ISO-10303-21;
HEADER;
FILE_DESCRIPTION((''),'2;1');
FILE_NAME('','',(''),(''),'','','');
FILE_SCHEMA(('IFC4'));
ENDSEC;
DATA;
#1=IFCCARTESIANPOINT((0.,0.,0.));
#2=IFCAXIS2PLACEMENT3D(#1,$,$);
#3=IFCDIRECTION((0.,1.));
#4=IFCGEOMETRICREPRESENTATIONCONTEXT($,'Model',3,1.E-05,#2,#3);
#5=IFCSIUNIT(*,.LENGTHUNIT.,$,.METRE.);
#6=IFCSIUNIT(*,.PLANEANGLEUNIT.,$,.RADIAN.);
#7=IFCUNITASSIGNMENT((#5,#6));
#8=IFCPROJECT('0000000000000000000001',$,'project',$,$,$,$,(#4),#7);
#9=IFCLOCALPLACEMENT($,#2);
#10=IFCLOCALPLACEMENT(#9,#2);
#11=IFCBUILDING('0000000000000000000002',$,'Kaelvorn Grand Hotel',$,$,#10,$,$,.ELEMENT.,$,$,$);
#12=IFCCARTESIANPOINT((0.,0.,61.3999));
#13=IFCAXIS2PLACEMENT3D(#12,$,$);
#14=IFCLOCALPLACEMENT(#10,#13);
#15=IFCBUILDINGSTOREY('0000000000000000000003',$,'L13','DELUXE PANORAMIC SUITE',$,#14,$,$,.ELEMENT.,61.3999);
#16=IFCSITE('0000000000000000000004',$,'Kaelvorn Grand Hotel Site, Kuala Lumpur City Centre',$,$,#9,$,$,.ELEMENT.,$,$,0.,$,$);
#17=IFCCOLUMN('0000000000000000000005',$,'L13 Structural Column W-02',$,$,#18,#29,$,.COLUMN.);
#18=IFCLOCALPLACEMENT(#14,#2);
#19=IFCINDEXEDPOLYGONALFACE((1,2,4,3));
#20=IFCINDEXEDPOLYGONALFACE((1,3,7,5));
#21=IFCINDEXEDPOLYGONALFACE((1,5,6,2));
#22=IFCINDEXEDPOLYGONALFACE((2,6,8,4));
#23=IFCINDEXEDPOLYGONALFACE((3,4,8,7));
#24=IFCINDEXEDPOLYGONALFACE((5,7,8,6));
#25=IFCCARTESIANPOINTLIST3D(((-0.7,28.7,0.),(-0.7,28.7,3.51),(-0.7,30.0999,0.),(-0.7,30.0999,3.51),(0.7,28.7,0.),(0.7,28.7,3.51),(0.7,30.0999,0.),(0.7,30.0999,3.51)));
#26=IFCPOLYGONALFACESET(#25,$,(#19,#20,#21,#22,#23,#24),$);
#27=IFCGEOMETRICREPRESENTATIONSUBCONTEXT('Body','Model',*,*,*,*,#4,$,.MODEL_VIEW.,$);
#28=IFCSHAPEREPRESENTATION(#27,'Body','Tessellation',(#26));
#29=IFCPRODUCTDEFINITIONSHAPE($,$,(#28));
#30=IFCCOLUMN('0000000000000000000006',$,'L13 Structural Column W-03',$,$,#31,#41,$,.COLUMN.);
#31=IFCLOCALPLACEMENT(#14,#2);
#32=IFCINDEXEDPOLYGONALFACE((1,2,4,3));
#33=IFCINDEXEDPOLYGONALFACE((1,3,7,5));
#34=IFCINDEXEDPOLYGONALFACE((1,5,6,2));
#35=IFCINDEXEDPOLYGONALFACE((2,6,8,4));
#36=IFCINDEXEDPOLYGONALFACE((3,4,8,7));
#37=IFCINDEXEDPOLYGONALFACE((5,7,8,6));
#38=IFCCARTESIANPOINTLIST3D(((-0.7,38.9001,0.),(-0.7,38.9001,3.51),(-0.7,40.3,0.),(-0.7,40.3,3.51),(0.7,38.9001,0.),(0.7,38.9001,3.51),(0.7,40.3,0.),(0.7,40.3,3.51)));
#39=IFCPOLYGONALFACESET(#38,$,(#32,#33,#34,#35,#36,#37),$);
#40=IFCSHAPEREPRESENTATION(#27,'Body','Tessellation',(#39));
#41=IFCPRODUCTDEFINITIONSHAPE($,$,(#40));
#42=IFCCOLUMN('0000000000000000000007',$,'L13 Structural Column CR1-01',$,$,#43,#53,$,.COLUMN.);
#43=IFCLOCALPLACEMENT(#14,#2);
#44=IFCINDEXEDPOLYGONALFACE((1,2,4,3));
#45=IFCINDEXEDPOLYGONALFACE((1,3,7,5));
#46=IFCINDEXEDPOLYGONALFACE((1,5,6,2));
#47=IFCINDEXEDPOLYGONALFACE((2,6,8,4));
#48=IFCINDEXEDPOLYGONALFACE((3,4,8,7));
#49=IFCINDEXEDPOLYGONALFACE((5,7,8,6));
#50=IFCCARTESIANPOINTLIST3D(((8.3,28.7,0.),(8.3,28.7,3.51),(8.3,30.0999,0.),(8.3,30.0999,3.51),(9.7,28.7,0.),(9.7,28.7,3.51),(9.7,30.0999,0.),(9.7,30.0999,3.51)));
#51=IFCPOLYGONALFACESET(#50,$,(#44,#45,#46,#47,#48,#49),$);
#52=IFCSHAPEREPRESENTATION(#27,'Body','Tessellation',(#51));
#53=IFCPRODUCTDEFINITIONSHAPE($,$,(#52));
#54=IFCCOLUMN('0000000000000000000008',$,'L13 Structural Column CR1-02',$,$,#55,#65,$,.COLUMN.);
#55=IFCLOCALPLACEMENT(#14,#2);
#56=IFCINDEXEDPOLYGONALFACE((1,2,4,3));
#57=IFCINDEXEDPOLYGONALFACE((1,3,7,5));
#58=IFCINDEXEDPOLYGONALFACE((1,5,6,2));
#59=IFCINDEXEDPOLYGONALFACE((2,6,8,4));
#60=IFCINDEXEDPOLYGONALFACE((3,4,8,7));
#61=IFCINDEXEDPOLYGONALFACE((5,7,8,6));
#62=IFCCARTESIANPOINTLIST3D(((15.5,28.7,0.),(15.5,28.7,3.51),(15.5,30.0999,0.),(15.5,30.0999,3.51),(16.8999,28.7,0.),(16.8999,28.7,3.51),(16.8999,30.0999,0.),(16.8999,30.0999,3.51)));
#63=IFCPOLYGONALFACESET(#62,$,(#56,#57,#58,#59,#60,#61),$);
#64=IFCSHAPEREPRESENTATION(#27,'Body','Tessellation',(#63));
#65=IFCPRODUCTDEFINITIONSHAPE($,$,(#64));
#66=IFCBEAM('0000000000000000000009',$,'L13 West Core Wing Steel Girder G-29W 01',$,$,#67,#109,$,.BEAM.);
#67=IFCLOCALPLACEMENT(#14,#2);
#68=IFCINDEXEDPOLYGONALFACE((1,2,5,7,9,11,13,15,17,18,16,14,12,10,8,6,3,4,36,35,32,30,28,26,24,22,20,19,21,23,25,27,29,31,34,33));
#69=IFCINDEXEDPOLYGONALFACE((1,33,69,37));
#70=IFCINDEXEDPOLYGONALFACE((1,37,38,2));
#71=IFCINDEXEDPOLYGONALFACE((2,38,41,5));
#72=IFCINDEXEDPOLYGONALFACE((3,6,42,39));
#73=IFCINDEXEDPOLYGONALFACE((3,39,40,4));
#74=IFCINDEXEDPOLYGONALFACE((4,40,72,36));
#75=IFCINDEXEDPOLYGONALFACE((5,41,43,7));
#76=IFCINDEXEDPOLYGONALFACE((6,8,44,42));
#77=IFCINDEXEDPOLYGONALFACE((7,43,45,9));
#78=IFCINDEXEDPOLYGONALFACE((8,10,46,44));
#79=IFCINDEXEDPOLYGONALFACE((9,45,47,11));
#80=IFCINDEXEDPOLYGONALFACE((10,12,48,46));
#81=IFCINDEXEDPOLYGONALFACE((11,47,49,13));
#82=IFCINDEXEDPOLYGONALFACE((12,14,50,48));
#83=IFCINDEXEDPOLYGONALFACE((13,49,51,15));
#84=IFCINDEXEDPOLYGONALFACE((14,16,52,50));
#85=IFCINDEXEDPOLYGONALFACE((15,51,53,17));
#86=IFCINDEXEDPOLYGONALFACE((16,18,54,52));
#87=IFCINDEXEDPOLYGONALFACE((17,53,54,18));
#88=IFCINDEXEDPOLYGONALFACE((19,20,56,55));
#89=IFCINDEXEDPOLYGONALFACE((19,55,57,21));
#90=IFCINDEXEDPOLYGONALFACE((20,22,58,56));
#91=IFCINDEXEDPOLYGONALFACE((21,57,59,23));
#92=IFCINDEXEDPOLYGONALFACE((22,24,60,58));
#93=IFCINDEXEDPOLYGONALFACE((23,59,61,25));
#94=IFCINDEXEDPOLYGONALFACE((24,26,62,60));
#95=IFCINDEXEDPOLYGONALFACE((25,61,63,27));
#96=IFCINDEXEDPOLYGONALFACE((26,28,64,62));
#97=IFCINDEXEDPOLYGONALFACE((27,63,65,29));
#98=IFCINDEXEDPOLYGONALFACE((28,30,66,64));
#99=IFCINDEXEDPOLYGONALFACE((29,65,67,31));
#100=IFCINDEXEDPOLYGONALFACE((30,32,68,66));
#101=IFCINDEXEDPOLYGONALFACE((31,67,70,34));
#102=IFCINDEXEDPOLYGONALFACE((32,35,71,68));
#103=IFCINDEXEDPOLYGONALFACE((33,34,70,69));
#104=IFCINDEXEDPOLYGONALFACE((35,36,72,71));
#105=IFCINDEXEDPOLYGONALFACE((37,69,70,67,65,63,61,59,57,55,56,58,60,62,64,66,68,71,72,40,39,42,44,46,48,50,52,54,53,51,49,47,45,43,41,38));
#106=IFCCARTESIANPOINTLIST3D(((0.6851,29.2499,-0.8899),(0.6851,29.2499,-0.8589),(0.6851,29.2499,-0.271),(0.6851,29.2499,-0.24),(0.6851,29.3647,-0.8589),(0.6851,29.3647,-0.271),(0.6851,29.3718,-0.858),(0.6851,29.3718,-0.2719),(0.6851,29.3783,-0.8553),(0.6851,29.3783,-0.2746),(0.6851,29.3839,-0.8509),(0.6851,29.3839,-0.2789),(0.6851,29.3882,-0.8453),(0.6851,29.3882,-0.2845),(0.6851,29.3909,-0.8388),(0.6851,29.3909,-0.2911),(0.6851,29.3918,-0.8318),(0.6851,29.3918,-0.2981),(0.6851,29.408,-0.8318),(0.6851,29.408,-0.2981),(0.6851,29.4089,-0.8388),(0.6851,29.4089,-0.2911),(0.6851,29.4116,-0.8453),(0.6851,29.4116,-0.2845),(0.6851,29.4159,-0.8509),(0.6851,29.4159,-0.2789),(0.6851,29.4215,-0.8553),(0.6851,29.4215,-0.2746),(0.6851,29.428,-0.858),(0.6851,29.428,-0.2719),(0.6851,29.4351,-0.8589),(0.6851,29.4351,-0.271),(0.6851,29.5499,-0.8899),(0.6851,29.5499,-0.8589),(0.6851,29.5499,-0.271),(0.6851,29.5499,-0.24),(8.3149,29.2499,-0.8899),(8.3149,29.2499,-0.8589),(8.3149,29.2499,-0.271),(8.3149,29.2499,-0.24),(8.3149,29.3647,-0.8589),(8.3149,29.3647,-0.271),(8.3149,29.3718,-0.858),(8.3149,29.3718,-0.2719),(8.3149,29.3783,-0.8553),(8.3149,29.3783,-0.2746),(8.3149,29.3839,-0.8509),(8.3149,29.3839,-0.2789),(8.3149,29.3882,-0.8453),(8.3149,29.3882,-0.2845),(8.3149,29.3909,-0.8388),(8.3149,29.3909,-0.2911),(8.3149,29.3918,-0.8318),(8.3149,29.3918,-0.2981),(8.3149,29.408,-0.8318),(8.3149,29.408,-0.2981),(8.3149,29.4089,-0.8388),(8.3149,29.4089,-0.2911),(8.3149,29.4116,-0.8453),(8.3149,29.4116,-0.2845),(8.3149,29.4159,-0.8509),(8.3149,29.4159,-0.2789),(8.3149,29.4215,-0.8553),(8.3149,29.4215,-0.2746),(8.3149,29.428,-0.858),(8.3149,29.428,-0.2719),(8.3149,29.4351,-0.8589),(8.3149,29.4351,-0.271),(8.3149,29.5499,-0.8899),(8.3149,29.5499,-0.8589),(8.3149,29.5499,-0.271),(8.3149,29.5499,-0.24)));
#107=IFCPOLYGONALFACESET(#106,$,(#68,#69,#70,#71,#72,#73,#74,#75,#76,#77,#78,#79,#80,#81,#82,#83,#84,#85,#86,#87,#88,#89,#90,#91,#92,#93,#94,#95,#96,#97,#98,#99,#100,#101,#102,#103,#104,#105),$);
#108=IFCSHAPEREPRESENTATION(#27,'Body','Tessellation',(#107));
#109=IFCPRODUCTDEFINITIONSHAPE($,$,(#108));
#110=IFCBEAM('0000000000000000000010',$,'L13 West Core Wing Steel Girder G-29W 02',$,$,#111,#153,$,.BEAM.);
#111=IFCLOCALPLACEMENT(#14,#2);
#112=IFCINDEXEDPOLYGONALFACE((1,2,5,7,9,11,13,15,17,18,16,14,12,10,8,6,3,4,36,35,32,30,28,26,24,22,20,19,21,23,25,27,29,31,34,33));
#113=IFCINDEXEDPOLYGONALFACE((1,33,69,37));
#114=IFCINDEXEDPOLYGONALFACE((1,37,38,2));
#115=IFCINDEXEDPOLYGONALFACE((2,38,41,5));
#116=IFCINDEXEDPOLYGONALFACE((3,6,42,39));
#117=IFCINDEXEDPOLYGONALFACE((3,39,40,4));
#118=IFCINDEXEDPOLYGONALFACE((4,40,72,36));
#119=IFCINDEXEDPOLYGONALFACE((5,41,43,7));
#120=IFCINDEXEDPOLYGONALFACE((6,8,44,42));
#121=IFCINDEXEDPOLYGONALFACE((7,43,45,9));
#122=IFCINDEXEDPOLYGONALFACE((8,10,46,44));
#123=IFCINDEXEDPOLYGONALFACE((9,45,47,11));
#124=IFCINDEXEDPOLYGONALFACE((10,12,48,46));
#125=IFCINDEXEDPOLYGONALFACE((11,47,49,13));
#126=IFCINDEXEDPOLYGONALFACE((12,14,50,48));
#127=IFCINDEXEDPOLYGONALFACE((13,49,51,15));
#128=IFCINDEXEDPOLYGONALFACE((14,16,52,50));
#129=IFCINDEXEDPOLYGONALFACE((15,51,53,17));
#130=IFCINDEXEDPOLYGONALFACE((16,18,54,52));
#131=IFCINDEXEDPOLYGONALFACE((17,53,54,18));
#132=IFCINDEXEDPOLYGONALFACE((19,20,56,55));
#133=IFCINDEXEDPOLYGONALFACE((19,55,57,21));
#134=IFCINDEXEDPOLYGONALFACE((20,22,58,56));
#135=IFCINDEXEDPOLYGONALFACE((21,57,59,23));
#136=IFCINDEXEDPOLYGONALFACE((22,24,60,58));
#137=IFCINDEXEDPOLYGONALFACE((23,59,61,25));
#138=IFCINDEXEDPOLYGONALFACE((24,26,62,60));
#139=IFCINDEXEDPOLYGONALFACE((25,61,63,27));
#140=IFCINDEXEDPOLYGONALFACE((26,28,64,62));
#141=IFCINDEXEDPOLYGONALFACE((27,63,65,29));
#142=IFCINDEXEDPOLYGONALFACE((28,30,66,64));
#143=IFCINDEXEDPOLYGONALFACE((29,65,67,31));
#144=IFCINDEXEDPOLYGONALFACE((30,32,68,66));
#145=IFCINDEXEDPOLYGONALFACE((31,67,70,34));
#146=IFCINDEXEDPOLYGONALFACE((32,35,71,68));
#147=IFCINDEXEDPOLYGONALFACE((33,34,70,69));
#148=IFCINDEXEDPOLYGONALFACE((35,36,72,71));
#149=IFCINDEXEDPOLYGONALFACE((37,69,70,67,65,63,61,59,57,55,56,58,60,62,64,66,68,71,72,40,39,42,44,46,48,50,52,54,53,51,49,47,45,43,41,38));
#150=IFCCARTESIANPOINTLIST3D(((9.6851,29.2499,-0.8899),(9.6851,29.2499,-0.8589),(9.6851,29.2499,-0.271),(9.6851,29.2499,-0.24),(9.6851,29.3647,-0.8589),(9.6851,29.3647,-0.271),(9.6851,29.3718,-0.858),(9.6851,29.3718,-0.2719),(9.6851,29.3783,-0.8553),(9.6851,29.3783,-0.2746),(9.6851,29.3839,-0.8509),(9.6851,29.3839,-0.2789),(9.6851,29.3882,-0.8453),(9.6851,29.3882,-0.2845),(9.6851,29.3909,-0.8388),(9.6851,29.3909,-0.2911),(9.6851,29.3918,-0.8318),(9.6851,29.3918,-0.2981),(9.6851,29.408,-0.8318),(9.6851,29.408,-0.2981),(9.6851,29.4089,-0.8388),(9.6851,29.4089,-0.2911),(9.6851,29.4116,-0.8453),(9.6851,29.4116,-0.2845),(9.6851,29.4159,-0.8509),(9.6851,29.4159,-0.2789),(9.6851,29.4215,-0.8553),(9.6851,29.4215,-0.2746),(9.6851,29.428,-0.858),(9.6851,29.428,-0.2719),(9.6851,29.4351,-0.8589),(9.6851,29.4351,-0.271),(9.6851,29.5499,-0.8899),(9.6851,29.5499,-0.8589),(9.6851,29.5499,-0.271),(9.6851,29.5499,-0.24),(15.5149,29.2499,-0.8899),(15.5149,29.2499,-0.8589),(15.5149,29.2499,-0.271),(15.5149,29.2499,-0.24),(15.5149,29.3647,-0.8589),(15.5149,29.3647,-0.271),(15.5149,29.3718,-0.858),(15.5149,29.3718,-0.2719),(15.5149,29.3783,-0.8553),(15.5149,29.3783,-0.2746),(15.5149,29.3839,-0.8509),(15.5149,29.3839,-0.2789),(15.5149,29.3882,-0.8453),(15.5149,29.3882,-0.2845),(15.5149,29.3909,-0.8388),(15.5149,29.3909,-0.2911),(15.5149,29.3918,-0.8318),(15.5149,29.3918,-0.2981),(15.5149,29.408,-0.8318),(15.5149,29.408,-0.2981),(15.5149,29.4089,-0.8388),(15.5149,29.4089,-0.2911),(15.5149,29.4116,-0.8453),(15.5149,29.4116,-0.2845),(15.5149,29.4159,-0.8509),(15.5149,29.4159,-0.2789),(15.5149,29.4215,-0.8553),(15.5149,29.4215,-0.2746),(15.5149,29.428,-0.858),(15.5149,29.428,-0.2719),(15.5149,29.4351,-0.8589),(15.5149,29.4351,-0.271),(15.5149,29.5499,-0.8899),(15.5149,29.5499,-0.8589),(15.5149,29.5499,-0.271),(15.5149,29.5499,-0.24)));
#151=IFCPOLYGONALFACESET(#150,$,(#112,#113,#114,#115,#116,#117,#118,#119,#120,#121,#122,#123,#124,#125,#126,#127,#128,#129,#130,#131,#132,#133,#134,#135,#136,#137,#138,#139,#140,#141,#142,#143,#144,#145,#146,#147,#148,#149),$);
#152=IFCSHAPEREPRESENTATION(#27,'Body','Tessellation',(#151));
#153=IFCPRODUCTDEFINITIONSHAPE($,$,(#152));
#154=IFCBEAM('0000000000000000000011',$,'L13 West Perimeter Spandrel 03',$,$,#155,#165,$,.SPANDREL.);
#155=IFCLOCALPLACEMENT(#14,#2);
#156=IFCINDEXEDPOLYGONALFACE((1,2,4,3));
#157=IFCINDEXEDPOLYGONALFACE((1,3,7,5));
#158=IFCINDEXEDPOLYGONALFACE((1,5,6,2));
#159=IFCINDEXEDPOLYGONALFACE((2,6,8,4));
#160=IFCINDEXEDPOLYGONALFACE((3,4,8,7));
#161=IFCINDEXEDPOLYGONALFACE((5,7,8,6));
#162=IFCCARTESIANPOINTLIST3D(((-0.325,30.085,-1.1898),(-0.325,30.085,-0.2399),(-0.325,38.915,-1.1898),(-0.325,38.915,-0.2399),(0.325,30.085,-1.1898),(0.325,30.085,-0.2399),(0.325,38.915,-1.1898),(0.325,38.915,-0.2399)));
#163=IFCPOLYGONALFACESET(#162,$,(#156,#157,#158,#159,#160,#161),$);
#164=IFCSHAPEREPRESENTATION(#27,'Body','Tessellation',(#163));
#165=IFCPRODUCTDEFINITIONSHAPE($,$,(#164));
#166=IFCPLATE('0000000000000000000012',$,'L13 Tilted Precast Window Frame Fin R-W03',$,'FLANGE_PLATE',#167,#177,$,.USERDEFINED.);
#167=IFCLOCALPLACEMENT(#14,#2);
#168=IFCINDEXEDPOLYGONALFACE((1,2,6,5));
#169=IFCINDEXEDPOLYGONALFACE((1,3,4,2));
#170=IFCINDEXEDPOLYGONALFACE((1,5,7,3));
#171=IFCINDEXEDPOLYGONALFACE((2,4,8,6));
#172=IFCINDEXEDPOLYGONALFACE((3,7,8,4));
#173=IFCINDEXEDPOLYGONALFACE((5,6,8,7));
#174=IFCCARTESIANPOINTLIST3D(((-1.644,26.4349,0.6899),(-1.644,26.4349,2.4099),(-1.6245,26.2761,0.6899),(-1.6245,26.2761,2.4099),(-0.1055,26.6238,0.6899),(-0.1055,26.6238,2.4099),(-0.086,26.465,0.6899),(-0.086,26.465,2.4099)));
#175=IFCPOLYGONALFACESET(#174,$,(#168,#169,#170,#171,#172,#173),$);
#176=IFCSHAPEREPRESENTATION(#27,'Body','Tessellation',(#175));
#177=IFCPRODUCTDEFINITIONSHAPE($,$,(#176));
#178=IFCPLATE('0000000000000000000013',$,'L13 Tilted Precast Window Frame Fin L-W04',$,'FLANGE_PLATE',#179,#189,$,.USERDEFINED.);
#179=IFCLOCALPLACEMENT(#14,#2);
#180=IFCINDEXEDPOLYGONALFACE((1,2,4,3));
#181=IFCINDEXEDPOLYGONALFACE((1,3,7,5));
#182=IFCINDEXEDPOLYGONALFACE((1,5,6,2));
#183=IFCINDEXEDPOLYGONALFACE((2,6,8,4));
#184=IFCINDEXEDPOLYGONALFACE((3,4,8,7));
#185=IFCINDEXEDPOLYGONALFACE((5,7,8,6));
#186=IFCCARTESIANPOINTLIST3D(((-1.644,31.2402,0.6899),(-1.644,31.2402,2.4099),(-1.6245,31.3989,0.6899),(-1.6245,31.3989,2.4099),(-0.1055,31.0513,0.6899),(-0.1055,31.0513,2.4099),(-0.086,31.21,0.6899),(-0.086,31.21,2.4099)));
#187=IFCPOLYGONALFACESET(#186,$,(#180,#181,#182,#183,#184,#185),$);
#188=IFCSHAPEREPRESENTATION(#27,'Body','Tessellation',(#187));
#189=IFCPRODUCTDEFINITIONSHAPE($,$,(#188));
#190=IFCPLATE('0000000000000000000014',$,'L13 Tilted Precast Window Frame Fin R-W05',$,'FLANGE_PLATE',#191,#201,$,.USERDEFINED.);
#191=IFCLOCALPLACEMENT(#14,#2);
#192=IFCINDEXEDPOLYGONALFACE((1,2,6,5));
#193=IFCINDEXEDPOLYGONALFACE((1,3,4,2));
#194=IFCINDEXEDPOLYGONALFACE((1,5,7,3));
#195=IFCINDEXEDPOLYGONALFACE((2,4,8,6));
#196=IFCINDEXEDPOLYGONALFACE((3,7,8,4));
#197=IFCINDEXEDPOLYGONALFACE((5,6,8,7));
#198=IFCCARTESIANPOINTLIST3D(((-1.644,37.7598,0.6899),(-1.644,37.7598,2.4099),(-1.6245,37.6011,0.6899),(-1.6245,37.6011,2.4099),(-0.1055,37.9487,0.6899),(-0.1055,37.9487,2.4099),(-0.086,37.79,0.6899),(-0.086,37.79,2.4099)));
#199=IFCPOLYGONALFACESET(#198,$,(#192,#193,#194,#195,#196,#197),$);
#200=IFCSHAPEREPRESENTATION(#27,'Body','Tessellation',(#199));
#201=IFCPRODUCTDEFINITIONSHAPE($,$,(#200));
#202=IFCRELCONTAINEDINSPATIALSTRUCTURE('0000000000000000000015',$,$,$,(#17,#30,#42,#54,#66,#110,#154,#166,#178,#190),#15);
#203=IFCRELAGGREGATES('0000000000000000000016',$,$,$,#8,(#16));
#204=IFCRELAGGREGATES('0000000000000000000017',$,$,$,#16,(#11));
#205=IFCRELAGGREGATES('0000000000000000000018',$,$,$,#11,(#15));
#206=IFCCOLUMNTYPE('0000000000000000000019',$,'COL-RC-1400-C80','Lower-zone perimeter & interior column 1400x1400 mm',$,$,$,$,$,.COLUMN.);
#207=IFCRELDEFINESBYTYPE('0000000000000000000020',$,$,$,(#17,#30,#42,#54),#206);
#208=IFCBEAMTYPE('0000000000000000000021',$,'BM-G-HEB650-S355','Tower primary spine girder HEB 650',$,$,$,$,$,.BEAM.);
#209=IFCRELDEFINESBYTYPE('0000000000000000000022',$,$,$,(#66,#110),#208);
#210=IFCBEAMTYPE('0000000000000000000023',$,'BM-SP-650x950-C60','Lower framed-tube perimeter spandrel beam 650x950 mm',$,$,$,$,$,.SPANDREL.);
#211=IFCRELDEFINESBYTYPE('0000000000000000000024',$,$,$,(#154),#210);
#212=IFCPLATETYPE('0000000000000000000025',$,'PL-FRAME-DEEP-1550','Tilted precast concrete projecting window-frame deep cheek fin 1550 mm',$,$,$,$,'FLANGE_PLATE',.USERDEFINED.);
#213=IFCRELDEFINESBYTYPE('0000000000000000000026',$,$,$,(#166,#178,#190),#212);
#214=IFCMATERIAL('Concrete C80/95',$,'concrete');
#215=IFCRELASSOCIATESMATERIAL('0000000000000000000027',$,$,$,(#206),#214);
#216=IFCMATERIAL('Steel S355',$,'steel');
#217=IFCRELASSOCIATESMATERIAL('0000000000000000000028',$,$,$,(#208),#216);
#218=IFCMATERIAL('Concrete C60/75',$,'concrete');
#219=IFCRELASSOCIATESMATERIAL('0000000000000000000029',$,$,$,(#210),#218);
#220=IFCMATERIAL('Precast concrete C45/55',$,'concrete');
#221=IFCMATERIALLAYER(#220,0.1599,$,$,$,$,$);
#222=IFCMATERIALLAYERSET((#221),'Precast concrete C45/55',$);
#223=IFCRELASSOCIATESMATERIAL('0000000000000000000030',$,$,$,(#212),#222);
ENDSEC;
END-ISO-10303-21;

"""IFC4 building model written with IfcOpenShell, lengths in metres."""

from ifc_helpers import new_model, si_unit, direction, frame, origin, origin_2d, place, context, subcontext, project, spatial, rectangle, i_section, extrude, material, layer, layer_set, material_profile, profile_set, type_object, element, save


model = new_model("IFC4")

# Units and contexts
model_context = context("Model", 3, precision=1e-05, world=origin(), true_north=direction((0.0, 1.0)))
body_context = subcontext(model_context, "Body", "Model", "MODEL_VIEW")
ifc_project = project(units=[si_unit("LENGTHUNIT", "METRE"), si_unit("PLANEANGLEUNIT", "RADIAN")], contexts=[model_context])

# Site, building, storey
site_placement = place(None, origin())
site = spatial("IfcSite", under=ifc_project, at=site_placement, Name="Kaelvorn Grand Hotel Site, Kuala Lumpur City Centre", CompositionType="ELEMENT", RefElevation=0.0)
building_placement = place(site_placement, origin())
building = spatial("IfcBuilding", under=site, at=building_placement, Name="Kaelvorn Grand Hotel", CompositionType="ELEMENT")
storey_placement = place(building_placement, frame((0.0, 0.0, 61.3999)))
storey = spatial("IfcBuildingStorey", under=building, at=storey_placement, Name="L13", Description="DELUXE PANORAMIC SUITE", CompositionType="ELEMENT", Elevation=61.3999)

# Columns
ifc_material_1 = material(Name="Concrete C80/95", Category="concrete")
ifc_material_profile_1 = material_profile(ifc_material_1, rectangle(XDim=1.3999, YDim=1.3999, at=origin_2d()), Name="RC COL 1400x1400")
ifc_profile_set_1 = profile_set([ifc_material_profile_1], Name="Concrete C80/95")
column_type = type_object("IfcColumnType", Name="COL-RC-1400-C80", Description="Lower-zone perimeter & interior column 1400x1400 mm", PredefinedType="COLUMN", material=ifc_profile_set_1)
for number, where, z_axis, x_axis, name in (
    (1, (0.0, 29.3999, 0.0), (0.0, 0.0, 1.0), (1.0, 0.0, 0.0), "L13 Structural Column W-02"),
    (2, (0.0, 39.6001, 0.0), (0.0, 0.0, 1.0), (1.0, 0.0, 0.0), "L13 Structural Column W-03"),
    (3, (9.0, 29.3999, 0.0), (0.0, 0.0, 1.0), (1.0, 0.0, 0.0), "L13 Structural Column CR1-01"),
    (4, (16.2, 29.3999, 0.0), (0.0, 0.0, 1.0), (1.0, 0.0, 0.0), "L13 Structural Column CR1-02"),
):
    element("IfcColumn", number, at=place(storey_placement, frame(where, z_axis=z_axis, x_axis=x_axis)), inside=storey, type_object=column_type, Name=name, PredefinedType="COLUMN", context=body_context, shape_type="SweptSolid", body=[
        extrude(rectangle(XDim=1.3999, YDim=1.3999, at=origin_2d()), origin(), (0.0, 0.0, 1.0), 3.51),
    ])

# Beams
ifc_material_2 = material(Name="Steel S355", Category="steel")
ifc_material_profile_2 = material_profile(ifc_material_2, i_section(OverallWidth=0.3, OverallDepth=0.6499, WebThickness=0.0161, FlangeThickness=0.031, FilletRadius=0.0271, at=origin_2d()), Name="HEB 650")
ifc_profile_set_2 = profile_set([ifc_material_profile_2], Name="Steel S355")
beam_type_1 = type_object("IfcBeamType", Name="BM-G-HEB650-S355", Description="Tower primary spine girder HEB 650", PredefinedType="BEAM", material=ifc_profile_set_2)
beam_1_placement = place(storey_placement, frame((0.6851, 29.3999, -0.5649), z_axis=(1.0, 0.0, 0.0), x_axis=(0.0, 1.0, 0.0)))
element("IfcBeam", 5, at=beam_1_placement, inside=storey, type_object=beam_type_1, Name="L13 West Core Wing Steel Girder G-29W 01", PredefinedType="BEAM", context=body_context, shape_type="SweptSolid", body=[
    extrude(i_section(OverallWidth=0.3, OverallDepth=0.6499, WebThickness=0.0161, FlangeThickness=0.031, FilletRadius=0.0271, at=origin_2d()), origin(), (0.0, 0.0, 1.0), 7.6299),
])
beam_2_placement = place(storey_placement, frame((9.6851, 29.3999, -0.5649), z_axis=(1.0, 0.0, 0.0), x_axis=(0.0, 1.0, 0.0)))
element("IfcBeam", 6, at=beam_2_placement, inside=storey, type_object=beam_type_1, Name="L13 West Core Wing Steel Girder G-29W 02", PredefinedType="BEAM", context=body_context, shape_type="SweptSolid", body=[
    extrude(i_section(OverallWidth=0.3, OverallDepth=0.6499, WebThickness=0.0161, FlangeThickness=0.031, FilletRadius=0.0271, at=origin_2d()), origin(), (0.0, 0.0, 1.0), 5.8298),
])
ifc_material_3 = material(Name="Concrete C60/75", Category="concrete")
ifc_material_profile_3 = material_profile(ifc_material_3, rectangle(XDim=0.6499, YDim=0.95, at=origin_2d()), Name="RC SPANDREL 650x950")
ifc_profile_set_3 = profile_set([ifc_material_profile_3], Name="Concrete C60/75")
beam_type_2 = type_object("IfcBeamType", Name="BM-SP-650x950-C60", Description="Lower framed-tube perimeter spandrel beam 650x950 mm", PredefinedType="SPANDREL", material=ifc_profile_set_3)
beam_3_placement = place(storey_placement, frame((0.0, 30.085, -0.7148), z_axis=(0.0, 1.0, 0.0), x_axis=(-1.0, 0.0, 0.0)))
element("IfcBeam", 7, at=beam_3_placement, inside=storey, type_object=beam_type_2, Name="L13 West Perimeter Spandrel 03", PredefinedType="SPANDREL", context=body_context, shape_type="SweptSolid", body=[
    extrude(rectangle(XDim=0.6499, YDim=0.95, at=origin_2d()), origin(), (0.0, 0.0, 1.0), 8.8301),
])

# Plates
ifc_material_4 = material(Name="Precast concrete C45/55", Category="concrete")
ifc_layer_1 = layer(ifc_material_4, 0.1599)
ifc_layer_set_1 = layer_set([ifc_layer_1], Name="Precast concrete C45/55")
plate_type_1 = type_object("IfcPlateType", Name="PL-FRAME-DEEP-1550", Description="Tilted precast concrete projecting window-frame deep cheek fin 1550 mm", ElementType="FLANGE_PLATE", PredefinedType="USERDEFINED", material=ifc_layer_set_1)
for number, where, z_axis, x_axis, name in (
    (8, (-0.865, 26.45, 0.6899), (0.0, 0.0, 1.0), (-0.121869, 0.992546, 0.0), "L13 Tilted Precast Window Frame Fin R-W03"),
    (9, (-0.865, 31.2251, 0.6899), (0.0, 0.0, 1.0), (0.121869, 0.992546, 0.0), "L13 Tilted Precast Window Frame Fin L-W04"),
    (10, (-0.865, 37.7749, 0.6899), (0.0, 0.0, 1.0), (-0.121869, 0.992546, 0.0), "L13 Tilted Precast Window Frame Fin R-W05"),
):
    element("IfcPlate", number, at=place(storey_placement, frame(where, z_axis=z_axis, x_axis=x_axis)), inside=storey, type_object=plate_type_1, Name=name, ObjectType="FLANGE_PLATE", PredefinedType="USERDEFINED", context=body_context, shape_type="SweptSolid", body=[
        extrude(rectangle(XDim=0.1599, YDim=1.55, at=origin_2d()), origin(), (0.0, 0.0, 1.0), 1.72),
    ])

save(model, "model.ifc")
